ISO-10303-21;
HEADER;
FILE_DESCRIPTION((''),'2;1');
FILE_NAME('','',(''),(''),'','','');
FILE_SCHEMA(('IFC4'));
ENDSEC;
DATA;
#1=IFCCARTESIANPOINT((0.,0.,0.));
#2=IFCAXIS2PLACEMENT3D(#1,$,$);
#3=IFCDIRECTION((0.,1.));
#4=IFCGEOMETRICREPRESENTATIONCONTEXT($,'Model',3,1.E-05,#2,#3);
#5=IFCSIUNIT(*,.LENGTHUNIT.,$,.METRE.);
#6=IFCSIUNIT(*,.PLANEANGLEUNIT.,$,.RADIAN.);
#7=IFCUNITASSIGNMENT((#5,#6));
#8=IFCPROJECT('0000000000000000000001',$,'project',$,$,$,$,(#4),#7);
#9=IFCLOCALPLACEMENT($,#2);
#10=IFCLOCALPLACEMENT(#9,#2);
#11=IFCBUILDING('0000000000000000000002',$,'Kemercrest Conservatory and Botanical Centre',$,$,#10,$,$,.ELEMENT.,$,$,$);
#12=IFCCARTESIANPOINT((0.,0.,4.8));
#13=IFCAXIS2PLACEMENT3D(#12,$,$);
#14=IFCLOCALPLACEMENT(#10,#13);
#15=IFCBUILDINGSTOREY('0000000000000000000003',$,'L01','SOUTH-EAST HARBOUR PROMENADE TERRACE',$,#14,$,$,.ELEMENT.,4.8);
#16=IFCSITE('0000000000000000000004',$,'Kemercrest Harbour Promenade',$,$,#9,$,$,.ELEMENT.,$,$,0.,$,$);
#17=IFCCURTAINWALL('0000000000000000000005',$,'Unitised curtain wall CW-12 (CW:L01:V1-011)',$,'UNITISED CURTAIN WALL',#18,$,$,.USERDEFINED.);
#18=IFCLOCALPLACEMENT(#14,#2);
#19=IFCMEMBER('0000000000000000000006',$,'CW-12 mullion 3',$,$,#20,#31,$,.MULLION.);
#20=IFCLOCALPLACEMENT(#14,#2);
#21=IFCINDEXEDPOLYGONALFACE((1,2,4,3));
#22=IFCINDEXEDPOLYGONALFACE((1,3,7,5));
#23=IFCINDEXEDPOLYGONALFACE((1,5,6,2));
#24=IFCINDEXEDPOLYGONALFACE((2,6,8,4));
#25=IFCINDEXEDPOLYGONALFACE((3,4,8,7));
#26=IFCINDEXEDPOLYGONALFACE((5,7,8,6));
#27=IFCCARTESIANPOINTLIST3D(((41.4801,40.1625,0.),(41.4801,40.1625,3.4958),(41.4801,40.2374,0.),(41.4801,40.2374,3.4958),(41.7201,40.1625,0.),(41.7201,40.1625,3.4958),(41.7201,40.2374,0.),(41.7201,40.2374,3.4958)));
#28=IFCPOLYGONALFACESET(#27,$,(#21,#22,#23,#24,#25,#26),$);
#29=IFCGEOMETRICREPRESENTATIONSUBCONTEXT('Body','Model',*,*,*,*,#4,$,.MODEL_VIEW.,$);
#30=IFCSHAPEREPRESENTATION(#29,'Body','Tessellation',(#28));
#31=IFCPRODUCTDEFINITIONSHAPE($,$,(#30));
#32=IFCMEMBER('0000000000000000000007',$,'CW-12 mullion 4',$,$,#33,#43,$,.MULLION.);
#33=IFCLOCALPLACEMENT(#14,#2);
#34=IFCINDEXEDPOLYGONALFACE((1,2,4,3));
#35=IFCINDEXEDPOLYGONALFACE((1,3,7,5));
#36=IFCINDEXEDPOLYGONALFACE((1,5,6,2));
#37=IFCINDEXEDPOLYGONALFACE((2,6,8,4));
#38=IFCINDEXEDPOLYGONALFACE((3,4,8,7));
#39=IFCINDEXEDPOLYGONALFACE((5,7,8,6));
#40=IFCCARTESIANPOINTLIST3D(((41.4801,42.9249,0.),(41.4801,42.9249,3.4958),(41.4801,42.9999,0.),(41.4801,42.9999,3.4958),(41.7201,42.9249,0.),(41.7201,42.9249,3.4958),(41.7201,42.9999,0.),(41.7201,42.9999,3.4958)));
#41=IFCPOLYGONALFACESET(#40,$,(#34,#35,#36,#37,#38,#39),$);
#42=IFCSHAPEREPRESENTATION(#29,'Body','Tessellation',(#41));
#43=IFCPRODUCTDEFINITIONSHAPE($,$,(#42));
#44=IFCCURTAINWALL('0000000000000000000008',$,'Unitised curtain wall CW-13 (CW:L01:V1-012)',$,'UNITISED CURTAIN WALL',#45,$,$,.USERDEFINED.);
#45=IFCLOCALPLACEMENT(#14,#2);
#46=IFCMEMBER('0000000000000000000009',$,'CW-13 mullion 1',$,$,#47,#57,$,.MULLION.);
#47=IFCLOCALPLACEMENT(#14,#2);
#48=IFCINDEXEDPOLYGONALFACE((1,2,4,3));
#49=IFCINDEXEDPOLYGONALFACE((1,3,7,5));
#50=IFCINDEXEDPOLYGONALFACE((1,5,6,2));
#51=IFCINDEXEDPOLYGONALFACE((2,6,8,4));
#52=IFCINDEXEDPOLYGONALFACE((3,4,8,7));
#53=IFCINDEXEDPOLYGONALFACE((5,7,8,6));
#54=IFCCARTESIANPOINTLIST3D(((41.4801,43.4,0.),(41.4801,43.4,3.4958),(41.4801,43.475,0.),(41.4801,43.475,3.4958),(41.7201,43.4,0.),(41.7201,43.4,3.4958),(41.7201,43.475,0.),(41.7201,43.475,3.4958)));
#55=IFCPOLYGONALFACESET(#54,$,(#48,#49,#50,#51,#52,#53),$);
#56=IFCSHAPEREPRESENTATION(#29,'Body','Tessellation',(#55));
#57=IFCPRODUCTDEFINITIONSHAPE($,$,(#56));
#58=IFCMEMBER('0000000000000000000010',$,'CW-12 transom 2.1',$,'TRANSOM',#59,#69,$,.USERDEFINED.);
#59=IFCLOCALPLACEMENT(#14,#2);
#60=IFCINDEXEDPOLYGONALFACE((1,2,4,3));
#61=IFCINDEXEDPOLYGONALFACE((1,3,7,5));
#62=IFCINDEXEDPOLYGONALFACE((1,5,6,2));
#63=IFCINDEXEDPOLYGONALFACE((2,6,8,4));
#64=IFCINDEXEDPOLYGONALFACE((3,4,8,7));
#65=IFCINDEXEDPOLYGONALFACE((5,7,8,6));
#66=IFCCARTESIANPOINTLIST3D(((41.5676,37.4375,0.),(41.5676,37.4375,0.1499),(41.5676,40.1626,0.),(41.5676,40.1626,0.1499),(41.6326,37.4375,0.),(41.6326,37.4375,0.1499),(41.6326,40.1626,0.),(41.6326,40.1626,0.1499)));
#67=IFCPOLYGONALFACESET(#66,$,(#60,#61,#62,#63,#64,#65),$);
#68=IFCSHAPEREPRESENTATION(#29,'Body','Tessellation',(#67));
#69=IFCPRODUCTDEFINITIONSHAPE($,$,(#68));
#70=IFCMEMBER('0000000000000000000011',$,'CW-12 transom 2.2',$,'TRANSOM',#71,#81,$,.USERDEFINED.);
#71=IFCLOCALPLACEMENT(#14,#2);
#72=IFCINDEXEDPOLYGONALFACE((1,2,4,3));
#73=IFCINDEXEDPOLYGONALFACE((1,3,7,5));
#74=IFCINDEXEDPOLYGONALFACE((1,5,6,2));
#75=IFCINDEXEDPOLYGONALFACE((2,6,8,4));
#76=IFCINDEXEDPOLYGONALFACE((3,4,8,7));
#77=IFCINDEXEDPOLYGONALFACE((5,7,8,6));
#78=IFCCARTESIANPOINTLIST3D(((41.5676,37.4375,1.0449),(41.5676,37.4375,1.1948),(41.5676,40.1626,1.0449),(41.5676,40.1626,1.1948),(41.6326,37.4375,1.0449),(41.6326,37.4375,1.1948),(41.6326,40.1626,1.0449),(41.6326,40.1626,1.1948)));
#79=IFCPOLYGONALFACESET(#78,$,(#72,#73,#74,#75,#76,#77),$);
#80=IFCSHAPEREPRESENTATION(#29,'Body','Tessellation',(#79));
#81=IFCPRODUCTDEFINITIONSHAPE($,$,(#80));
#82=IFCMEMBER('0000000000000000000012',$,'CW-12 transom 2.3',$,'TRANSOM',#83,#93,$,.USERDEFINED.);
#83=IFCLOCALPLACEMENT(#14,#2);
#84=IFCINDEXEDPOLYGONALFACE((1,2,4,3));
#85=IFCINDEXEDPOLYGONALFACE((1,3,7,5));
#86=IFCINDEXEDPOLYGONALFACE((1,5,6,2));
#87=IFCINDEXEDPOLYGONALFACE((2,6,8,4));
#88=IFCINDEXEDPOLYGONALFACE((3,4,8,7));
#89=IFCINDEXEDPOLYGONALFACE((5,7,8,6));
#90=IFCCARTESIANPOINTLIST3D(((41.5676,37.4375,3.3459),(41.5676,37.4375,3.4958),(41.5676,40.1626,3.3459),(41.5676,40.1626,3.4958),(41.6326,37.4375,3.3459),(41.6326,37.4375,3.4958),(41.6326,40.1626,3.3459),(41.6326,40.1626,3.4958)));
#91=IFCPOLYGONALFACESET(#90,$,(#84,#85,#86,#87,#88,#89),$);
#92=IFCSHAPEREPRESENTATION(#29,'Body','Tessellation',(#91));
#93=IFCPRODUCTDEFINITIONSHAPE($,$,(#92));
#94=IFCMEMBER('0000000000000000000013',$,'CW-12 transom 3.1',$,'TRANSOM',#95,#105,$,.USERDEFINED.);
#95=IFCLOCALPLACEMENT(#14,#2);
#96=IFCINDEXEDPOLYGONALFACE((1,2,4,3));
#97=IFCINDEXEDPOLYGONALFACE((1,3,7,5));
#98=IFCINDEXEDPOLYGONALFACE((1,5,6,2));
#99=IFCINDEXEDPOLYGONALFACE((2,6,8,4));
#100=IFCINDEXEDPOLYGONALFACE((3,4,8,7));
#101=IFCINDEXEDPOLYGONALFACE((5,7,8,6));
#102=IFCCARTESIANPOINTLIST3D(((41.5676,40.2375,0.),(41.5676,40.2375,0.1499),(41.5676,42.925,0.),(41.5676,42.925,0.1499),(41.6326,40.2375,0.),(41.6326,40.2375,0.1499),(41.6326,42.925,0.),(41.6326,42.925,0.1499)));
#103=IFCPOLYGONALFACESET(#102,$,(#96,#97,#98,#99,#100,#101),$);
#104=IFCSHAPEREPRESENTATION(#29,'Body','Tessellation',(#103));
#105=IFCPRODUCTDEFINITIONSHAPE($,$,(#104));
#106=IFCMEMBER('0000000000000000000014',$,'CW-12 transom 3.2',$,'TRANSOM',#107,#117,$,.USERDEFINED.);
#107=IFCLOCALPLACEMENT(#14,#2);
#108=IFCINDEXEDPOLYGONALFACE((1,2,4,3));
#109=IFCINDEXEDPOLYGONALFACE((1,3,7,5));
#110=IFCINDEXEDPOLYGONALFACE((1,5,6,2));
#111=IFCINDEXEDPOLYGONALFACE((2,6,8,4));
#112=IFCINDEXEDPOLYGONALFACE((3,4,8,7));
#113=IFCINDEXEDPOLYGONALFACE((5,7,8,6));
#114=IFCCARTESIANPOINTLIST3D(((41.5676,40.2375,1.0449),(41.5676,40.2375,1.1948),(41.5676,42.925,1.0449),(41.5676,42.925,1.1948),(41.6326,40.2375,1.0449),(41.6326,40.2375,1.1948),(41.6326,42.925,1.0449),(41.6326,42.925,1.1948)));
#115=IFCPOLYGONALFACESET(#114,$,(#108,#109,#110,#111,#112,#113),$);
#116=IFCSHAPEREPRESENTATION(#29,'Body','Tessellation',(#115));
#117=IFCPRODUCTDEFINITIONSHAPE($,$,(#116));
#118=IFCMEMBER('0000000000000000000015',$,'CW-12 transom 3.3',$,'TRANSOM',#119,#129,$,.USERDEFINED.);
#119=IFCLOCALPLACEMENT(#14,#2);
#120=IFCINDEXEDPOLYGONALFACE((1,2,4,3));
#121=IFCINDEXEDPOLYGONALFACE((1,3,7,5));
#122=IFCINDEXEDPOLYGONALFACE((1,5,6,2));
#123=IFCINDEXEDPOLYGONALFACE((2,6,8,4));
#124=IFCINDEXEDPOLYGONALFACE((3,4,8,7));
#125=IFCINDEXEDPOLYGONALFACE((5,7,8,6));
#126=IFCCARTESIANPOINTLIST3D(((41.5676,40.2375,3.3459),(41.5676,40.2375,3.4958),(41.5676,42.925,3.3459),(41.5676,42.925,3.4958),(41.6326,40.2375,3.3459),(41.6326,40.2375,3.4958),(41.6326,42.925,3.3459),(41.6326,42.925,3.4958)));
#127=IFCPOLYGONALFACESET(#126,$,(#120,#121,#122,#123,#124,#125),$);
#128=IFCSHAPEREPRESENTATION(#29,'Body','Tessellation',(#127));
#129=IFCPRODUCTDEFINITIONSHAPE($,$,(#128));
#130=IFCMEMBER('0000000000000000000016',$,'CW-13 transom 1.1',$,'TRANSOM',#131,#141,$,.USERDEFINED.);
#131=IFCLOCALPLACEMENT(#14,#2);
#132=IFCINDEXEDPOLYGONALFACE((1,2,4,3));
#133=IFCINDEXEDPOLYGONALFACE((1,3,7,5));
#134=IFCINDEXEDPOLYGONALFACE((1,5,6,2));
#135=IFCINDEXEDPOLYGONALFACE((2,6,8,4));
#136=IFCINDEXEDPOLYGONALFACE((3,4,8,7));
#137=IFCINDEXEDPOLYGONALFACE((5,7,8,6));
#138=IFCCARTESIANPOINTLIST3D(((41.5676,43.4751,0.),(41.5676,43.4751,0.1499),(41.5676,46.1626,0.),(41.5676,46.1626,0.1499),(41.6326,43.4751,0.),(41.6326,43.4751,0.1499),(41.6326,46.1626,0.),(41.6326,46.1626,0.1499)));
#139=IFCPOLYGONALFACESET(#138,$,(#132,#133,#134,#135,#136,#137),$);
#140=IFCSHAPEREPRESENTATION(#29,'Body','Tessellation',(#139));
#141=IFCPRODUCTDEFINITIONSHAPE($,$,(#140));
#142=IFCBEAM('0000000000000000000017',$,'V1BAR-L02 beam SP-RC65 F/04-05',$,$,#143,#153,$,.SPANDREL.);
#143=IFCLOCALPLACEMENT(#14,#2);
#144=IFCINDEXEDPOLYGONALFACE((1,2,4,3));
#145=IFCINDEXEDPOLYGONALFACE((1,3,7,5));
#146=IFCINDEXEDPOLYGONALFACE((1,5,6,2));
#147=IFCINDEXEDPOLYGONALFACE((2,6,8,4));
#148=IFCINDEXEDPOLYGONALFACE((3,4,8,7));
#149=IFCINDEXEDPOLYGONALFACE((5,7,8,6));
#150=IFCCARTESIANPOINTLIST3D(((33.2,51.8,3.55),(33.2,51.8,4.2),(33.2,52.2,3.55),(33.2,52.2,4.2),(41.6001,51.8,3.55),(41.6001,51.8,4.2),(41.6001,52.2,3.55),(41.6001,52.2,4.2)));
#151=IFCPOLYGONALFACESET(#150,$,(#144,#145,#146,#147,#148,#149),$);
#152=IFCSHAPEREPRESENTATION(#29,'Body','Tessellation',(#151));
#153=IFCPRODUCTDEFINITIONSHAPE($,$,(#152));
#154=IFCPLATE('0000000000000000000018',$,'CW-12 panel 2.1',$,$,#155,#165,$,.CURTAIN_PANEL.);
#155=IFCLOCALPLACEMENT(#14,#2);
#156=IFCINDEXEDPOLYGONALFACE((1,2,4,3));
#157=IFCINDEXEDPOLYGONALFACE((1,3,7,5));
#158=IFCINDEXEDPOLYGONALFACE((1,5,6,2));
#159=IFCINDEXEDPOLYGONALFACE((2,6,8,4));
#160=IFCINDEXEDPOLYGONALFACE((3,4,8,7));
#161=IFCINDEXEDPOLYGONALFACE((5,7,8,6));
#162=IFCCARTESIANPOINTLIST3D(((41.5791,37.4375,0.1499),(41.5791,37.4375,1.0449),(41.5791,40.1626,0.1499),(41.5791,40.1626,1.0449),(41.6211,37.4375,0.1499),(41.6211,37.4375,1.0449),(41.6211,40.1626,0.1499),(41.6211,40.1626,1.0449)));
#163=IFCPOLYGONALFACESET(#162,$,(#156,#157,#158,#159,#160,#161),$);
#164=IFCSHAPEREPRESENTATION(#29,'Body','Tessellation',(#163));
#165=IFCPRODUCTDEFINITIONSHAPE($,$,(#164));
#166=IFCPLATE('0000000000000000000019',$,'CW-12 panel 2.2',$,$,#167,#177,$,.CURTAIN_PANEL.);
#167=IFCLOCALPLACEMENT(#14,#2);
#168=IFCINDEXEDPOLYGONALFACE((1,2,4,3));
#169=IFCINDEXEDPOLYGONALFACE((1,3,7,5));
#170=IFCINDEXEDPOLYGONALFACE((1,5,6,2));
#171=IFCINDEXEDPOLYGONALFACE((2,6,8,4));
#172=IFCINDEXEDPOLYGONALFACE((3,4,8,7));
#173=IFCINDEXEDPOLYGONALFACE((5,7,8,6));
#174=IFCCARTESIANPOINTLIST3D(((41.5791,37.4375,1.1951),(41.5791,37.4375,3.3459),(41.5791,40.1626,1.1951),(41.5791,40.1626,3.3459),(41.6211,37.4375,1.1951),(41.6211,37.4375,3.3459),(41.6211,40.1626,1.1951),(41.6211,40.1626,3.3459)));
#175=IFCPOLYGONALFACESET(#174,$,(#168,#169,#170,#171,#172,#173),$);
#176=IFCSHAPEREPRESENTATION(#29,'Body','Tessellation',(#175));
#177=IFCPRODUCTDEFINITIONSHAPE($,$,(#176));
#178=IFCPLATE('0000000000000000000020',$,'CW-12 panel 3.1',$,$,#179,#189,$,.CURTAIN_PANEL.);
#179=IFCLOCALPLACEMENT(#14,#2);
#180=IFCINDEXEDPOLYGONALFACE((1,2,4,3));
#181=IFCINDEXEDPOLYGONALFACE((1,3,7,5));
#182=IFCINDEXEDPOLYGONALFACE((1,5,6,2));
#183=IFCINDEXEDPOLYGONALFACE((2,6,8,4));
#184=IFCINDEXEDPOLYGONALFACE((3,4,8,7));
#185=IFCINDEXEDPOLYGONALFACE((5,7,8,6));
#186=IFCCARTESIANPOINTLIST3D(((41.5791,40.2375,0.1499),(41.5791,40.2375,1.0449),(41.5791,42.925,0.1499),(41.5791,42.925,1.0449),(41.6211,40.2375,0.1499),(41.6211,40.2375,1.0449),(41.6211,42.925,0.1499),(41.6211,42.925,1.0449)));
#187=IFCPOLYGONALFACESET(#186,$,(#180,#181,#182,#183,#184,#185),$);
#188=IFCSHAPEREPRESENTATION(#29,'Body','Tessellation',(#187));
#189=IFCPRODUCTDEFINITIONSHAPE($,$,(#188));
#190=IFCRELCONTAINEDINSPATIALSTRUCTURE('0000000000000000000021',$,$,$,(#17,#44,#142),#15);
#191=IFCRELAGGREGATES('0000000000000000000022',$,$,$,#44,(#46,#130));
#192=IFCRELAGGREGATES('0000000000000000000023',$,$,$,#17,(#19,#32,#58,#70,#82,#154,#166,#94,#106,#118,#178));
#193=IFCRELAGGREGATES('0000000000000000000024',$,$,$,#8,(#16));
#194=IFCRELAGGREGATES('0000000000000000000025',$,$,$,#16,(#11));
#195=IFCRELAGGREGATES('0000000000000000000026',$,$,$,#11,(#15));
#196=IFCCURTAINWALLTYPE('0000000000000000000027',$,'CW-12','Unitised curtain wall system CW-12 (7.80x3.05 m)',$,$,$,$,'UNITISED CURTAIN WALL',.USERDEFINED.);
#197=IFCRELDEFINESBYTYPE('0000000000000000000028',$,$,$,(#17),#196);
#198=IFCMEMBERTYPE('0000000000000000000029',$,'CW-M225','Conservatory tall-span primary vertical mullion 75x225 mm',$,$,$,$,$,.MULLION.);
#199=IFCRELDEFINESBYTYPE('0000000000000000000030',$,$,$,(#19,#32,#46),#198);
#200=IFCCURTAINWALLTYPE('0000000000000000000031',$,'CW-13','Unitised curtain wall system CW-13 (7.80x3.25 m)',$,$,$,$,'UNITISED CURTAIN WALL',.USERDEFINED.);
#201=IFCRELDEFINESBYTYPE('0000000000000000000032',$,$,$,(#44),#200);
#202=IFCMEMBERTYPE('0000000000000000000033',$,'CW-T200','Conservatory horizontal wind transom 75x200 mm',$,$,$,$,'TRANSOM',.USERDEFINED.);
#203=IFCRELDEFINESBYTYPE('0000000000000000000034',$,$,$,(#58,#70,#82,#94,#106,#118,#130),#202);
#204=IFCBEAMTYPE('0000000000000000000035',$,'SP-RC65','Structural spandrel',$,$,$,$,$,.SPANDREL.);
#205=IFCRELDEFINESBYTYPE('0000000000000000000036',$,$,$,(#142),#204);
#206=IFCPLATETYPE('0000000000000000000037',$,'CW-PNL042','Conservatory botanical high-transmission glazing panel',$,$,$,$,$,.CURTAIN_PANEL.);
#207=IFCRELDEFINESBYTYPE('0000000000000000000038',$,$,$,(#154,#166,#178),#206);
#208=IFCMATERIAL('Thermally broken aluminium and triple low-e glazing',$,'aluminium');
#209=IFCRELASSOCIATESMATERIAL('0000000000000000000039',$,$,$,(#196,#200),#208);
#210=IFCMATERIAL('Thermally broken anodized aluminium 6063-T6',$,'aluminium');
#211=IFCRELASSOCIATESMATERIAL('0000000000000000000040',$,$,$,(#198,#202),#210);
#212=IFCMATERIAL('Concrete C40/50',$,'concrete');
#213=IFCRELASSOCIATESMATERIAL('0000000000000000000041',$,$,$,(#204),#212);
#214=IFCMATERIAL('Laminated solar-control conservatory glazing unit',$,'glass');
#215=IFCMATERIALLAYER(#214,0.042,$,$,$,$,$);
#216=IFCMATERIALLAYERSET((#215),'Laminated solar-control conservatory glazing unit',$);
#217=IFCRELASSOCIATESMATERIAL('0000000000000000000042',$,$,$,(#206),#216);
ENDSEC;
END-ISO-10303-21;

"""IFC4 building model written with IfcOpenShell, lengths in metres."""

from ifc_helpers import new_model, si_unit, direction, frame, origin, origin_2d, place, context, subcontext, project, spatial, rectangle, extrude, material, layer, layer_set, material_profile, profile_set, type_object, element, aggregate, save


model = new_model("IFC4")

# Units and contexts
model_context = context("Model", 3, precision=1e-05, world=origin(), true_north=direction((0.0, 1.0)))
body_context = subcontext(model_context, "Body", "Model", "MODEL_VIEW")
ifc_project = project(units=[si_unit("LENGTHUNIT", "METRE"), si_unit("PLANEANGLEUNIT", "RADIAN")], contexts=[model_context])

# Site, building, storey
site_placement = place(None, origin())
site = spatial("IfcSite", under=ifc_project, at=site_placement, Name="Kemercrest Harbour Promenade", CompositionType="ELEMENT", RefElevation=0.0)
building_placement = place(site_placement, origin())
building = spatial("IfcBuilding", under=site, at=building_placement, Name="Kemercrest Conservatory and Botanical Centre", CompositionType="ELEMENT")
storey_placement = place(building_placement, frame((0.0, 0.0, 4.8)))
storey = spatial("IfcBuildingStorey", under=building, at=storey_placement, Name="L01", Description="SOUTH-EAST HARBOUR PROMENADE TERRACE", CompositionType="ELEMENT", Elevation=4.8)

# Shared definitions
ifc_material_1 = material(Name="Concrete C40/50", Category="concrete")

# Curtain wall, members
ifc_material_2 = material(Name="Thermally broken aluminium and triple low-e glazing", Category="aluminium")
curtain_wall_type_1 = type_object("IfcCurtainWallType", Name="CW-12", Description="Unitised curtain wall system CW-12 (7.80x3.05 m)", ElementType="UNITISED CURTAIN WALL", PredefinedType="USERDEFINED", material=ifc_material_2)
curtain_wall_1_placement = place(storey_placement, origin())
curtain_wall_1 = element("IfcCurtainWall", 1, at=curtain_wall_1_placement, inside=storey, type_object=curtain_wall_type_1, Name="Unitised curtain wall CW-12 (CW:L01:V1-011)", ObjectType="UNITISED CURTAIN WALL", PredefinedType="USERDEFINED")
ifc_material_3 = material(Name="Thermally broken anodized aluminium 6063-T6", Category="aluminium")
ifc_material_profile_1 = material_profile(ifc_material_3, rectangle(XDim=0.24, YDim=0.075, at=origin_2d()), Name="AL MULLION 75x240")
ifc_profile_set_1 = profile_set([ifc_material_profile_1], Name="Thermally broken anodized aluminium 6063-T6")
member_type_1 = type_object("IfcMemberType", Name="CW-M225", Description="Conservatory tall-span primary vertical mullion 75x225 mm", PredefinedType="MULLION", material=ifc_profile_set_1)
member_1_placement = place(storey_placement, frame((41.6001, 40.2, 0.0), z_axis=(0.0, 0.0, 1.0), x_axis=(-1.0, 0.0, 0.0)))
member_1 = element("IfcMember", 2, at=member_1_placement, type_object=member_type_1, Name="CW-12 mullion 3", PredefinedType="MULLION", context=body_context, shape_type="SweptSolid", body=[
    extrude(rectangle(XDim=0.24, YDim=0.075, at=origin_2d()), origin(), (0.0, 0.0, 1.0), 3.4958),
])
member_2_placement = place(storey_placement, frame((41.6001, 42.9624, 0.0), z_axis=(0.0, 0.0, 1.0), x_axis=(-1.0, 0.0, 0.0)))
member_2 = element("IfcMember", 3, at=member_2_placement, type_object=member_type_1, Name="CW-12 mullion 4", PredefinedType="MULLION", context=body_context, shape_type="SweptSolid", body=[
    extrude(rectangle(XDim=0.24, YDim=0.075, at=origin_2d()), origin(), (0.0, 0.0, 1.0), 3.4958),
])

# Curtain wall, member
curtain_wall_type_2 = type_object("IfcCurtainWallType", Name="CW-13", Description="Unitised curtain wall system CW-13 (7.80x3.25 m)", ElementType="UNITISED CURTAIN WALL", PredefinedType="USERDEFINED", material=ifc_material_2)
curtain_wall_2_placement = place(storey_placement, origin())
curtain_wall_2 = element("IfcCurtainWall", 4, at=curtain_wall_2_placement, inside=storey, type_object=curtain_wall_type_2, Name="Unitised curtain wall CW-13 (CW:L01:V1-012)", ObjectType="UNITISED CURTAIN WALL", PredefinedType="USERDEFINED")
member_3_placement = place(storey_placement, frame((41.6001, 43.4375, 0.0), z_axis=(0.0, 0.0, 1.0), x_axis=(-1.0, 0.0, 0.0)))
member_3 = element("IfcMember", 5, at=member_3_placement, type_object=member_type_1, Name="CW-13 mullion 1", PredefinedType="MULLION", context=body_context, shape_type="SweptSolid", body=[
    extrude(rectangle(XDim=0.24, YDim=0.075, at=origin_2d()), origin(), (0.0, 0.0, 1.0), 3.4958),
])

# Members
ifc_material_profile_2 = material_profile(ifc_material_3, rectangle(XDim=0.0649, YDim=0.1499, at=origin_2d()), Name="AL TRANSOM 65x150")
ifc_profile_set_2 = profile_set([ifc_material_profile_2], Name="Thermally broken anodized aluminium 6063-T6")
member_type_2 = type_object("IfcMemberType", Name="CW-T200", Description="Conservatory horizontal wind transom 75x200 mm", ElementType="TRANSOM", PredefinedType="USERDEFINED", material=ifc_profile_set_2)
member_4_placement = place(storey_placement, frame((41.6001, 37.4375, 0.075), z_axis=(0.0, 1.0, 0.0), x_axis=(-1.0, 0.0, 0.0)))
member_4 = element("IfcMember", 6, at=member_4_placement, type_object=member_type_2, Name="CW-12 transom 2.1", ObjectType="TRANSOM", PredefinedType="USERDEFINED", context=body_context, shape_type="SweptSolid", body=[
    extrude(rectangle(XDim=0.0649, YDim=0.1499, at=origin_2d()), origin(), (0.0, 0.0, 1.0), 2.7251),
])
member_5_placement = place(storey_placement, frame((41.6001, 37.4375, 1.1199), z_axis=(0.0, 1.0, 0.0), x_axis=(-1.0, 0.0, 0.0)))
member_5 = element("IfcMember", 7, at=member_5_placement, type_object=member_type_2, Name="CW-12 transom 2.2", ObjectType="TRANSOM", PredefinedType="USERDEFINED", context=body_context, shape_type="SweptSolid", body=[
    extrude(rectangle(XDim=0.0649, YDim=0.1499, at=origin_2d()), origin(), (0.0, 0.0, 1.0), 2.7251),
])
member_6_placement = place(storey_placement, frame((41.6001, 37.4375, 3.4209), z_axis=(0.0, 1.0, 0.0), x_axis=(-1.0, 0.0, 0.0)))
member_6 = element("IfcMember", 8, at=member_6_placement, type_object=member_type_2, Name="CW-12 transom 2.3", ObjectType="TRANSOM", PredefinedType="USERDEFINED", context=body_context, shape_type="SweptSolid", body=[
    extrude(rectangle(XDim=0.0649, YDim=0.1499, at=origin_2d()), origin(), (0.0, 0.0, 1.0), 2.7251),
])
member_7_placement = place(storey_placement, frame((41.6001, 40.2375, 0.075), z_axis=(0.0, 1.0, 0.0), x_axis=(-1.0, 0.0, 0.0)))
member_7 = element("IfcMember", 9, at=member_7_placement, type_object=member_type_2, Name="CW-12 transom 3.1", ObjectType="TRANSOM", PredefinedType="USERDEFINED", context=body_context, shape_type="SweptSolid", body=[
    extrude(rectangle(XDim=0.0649, YDim=0.1499, at=origin_2d()), origin(), (0.0, 0.0, 1.0), 2.6875),
])
member_8_placement = place(storey_placement, frame((41.6001, 40.2375, 1.1199), z_axis=(0.0, 1.0, 0.0), x_axis=(-1.0, 0.0, 0.0)))
member_8 = element("IfcMember", 10, at=member_8_placement, type_object=member_type_2, Name="CW-12 transom 3.2", ObjectType="TRANSOM", PredefinedType="USERDEFINED", context=body_context, shape_type="SweptSolid", body=[
    extrude(rectangle(XDim=0.0649, YDim=0.1499, at=origin_2d()), origin(), (0.0, 0.0, 1.0), 2.6875),
])
member_9_placement = place(storey_placement, frame((41.6001, 40.2375, 3.4209), z_axis=(0.0, 1.0, 0.0), x_axis=(-1.0, 0.0, 0.0)))
member_9 = element("IfcMember", 11, at=member_9_placement, type_object=member_type_2, Name="CW-12 transom 3.3", ObjectType="TRANSOM", PredefinedType="USERDEFINED", context=body_context, shape_type="SweptSolid", body=[
    extrude(rectangle(XDim=0.0649, YDim=0.1499, at=origin_2d()), origin(), (0.0, 0.0, 1.0), 2.6875),
])
member_10_placement = place(storey_placement, frame((41.6001, 43.4751, 0.075), z_axis=(0.0, 1.0, 0.0), x_axis=(-1.0, 0.0, 0.0)))
member_10 = element("IfcMember", 12, at=member_10_placement, type_object=member_type_2, Name="CW-13 transom 1.1", ObjectType="TRANSOM", PredefinedType="USERDEFINED", context=body_context, shape_type="SweptSolid", body=[
    extrude(rectangle(XDim=0.0649, YDim=0.1499, at=origin_2d()), origin(), (0.0, 0.0, 1.0), 2.6875),
])
aggregate(curtain_wall_2, [member_3, member_10])

# Beam
ifc_material_profile_3 = material_profile(ifc_material_1, rectangle(XDim=0.3999, YDim=0.6499, at=origin_2d()), Name="RC 400x650")
ifc_profile_set_3 = profile_set([ifc_material_profile_3], Name="Concrete C40/50")
beam_type_1 = type_object("IfcBeamType", Name="SP-RC65", Description="Structural spandrel", PredefinedType="SPANDREL", material=ifc_profile_set_3)
beam_1_placement = place(storey_placement, frame((33.2, 52.0, 3.875), z_axis=(1.0, 0.0, 0.0), x_axis=(0.0, 1.0, 0.0)))
element("IfcBeam", 13, at=beam_1_placement, inside=storey, type_object=beam_type_1, Name="V1BAR-L02 beam SP-RC65 F/04-05", PredefinedType="SPANDREL", context=body_context, shape_type="SweptSolid", body=[
    extrude(rectangle(XDim=0.3999, YDim=0.6499, at=origin_2d()), origin(), (0.0, 0.0, 1.0), 8.4001),
])

# Plates
ifc_material_4 = material(Name="Laminated solar-control conservatory glazing unit", Category="glass")
ifc_layer_1 = layer(ifc_material_4, 0.042)
ifc_layer_set_1 = layer_set([ifc_layer_1], Name="Laminated solar-control conservatory glazing unit")
plate_type = type_object("IfcPlateType", Name="CW-PNL042", Description="Conservatory botanical high-transmission glazing panel", PredefinedType="CURTAIN_PANEL", material=ifc_layer_set_1)
plate_1_placement = place(storey_placement, frame((41.6001, 38.8, 0.1499), z_axis=(0.0, 0.0, 1.0), x_axis=(0.0, 1.0, 0.0)))
plate_1 = element("IfcPlate", 14, at=plate_1_placement, type_object=plate_type, Name="CW-12 panel 2.1", PredefinedType="CURTAIN_PANEL", context=body_context, shape_type="SweptSolid", body=[
    extrude(rectangle(XDim=2.7251, YDim=0.042, at=origin_2d()), origin(), (0.0, 0.0, 1.0), 0.895),
])
plate_2_placement = place(storey_placement, frame((41.6001, 38.8, 1.1951), z_axis=(0.0, 0.0, 1.0), x_axis=(0.0, 1.0, 0.0)))
plate_2 = element("IfcPlate", 15, at=plate_2_placement, type_object=plate_type, Name="CW-12 panel 2.2", PredefinedType="CURTAIN_PANEL", context=body_context, shape_type="SweptSolid", body=[
    extrude(rectangle(XDim=2.7251, YDim=0.042, at=origin_2d()), origin(), (0.0, 0.0, 1.0), 2.1509),
])
plate_3_placement = place(storey_placement, frame((41.6001, 41.5813, 0.1499), z_axis=(0.0, 0.0, 1.0), x_axis=(0.0, 1.0, 0.0)))
plate_3 = element("IfcPlate", 16, at=plate_3_placement, type_object=plate_type, Name="CW-12 panel 3.1", PredefinedType="CURTAIN_PANEL", context=body_context, shape_type="SweptSolid", body=[
    extrude(rectangle(XDim=2.6875, YDim=0.042, at=origin_2d()), origin(), (0.0, 0.0, 1.0), 0.895),
])
aggregate(curtain_wall_1, [member_1, member_2, member_4, member_5, member_6, plate_1, plate_2, member_7, member_8, member_9, plate_3])

save(model, "model.ifc")
